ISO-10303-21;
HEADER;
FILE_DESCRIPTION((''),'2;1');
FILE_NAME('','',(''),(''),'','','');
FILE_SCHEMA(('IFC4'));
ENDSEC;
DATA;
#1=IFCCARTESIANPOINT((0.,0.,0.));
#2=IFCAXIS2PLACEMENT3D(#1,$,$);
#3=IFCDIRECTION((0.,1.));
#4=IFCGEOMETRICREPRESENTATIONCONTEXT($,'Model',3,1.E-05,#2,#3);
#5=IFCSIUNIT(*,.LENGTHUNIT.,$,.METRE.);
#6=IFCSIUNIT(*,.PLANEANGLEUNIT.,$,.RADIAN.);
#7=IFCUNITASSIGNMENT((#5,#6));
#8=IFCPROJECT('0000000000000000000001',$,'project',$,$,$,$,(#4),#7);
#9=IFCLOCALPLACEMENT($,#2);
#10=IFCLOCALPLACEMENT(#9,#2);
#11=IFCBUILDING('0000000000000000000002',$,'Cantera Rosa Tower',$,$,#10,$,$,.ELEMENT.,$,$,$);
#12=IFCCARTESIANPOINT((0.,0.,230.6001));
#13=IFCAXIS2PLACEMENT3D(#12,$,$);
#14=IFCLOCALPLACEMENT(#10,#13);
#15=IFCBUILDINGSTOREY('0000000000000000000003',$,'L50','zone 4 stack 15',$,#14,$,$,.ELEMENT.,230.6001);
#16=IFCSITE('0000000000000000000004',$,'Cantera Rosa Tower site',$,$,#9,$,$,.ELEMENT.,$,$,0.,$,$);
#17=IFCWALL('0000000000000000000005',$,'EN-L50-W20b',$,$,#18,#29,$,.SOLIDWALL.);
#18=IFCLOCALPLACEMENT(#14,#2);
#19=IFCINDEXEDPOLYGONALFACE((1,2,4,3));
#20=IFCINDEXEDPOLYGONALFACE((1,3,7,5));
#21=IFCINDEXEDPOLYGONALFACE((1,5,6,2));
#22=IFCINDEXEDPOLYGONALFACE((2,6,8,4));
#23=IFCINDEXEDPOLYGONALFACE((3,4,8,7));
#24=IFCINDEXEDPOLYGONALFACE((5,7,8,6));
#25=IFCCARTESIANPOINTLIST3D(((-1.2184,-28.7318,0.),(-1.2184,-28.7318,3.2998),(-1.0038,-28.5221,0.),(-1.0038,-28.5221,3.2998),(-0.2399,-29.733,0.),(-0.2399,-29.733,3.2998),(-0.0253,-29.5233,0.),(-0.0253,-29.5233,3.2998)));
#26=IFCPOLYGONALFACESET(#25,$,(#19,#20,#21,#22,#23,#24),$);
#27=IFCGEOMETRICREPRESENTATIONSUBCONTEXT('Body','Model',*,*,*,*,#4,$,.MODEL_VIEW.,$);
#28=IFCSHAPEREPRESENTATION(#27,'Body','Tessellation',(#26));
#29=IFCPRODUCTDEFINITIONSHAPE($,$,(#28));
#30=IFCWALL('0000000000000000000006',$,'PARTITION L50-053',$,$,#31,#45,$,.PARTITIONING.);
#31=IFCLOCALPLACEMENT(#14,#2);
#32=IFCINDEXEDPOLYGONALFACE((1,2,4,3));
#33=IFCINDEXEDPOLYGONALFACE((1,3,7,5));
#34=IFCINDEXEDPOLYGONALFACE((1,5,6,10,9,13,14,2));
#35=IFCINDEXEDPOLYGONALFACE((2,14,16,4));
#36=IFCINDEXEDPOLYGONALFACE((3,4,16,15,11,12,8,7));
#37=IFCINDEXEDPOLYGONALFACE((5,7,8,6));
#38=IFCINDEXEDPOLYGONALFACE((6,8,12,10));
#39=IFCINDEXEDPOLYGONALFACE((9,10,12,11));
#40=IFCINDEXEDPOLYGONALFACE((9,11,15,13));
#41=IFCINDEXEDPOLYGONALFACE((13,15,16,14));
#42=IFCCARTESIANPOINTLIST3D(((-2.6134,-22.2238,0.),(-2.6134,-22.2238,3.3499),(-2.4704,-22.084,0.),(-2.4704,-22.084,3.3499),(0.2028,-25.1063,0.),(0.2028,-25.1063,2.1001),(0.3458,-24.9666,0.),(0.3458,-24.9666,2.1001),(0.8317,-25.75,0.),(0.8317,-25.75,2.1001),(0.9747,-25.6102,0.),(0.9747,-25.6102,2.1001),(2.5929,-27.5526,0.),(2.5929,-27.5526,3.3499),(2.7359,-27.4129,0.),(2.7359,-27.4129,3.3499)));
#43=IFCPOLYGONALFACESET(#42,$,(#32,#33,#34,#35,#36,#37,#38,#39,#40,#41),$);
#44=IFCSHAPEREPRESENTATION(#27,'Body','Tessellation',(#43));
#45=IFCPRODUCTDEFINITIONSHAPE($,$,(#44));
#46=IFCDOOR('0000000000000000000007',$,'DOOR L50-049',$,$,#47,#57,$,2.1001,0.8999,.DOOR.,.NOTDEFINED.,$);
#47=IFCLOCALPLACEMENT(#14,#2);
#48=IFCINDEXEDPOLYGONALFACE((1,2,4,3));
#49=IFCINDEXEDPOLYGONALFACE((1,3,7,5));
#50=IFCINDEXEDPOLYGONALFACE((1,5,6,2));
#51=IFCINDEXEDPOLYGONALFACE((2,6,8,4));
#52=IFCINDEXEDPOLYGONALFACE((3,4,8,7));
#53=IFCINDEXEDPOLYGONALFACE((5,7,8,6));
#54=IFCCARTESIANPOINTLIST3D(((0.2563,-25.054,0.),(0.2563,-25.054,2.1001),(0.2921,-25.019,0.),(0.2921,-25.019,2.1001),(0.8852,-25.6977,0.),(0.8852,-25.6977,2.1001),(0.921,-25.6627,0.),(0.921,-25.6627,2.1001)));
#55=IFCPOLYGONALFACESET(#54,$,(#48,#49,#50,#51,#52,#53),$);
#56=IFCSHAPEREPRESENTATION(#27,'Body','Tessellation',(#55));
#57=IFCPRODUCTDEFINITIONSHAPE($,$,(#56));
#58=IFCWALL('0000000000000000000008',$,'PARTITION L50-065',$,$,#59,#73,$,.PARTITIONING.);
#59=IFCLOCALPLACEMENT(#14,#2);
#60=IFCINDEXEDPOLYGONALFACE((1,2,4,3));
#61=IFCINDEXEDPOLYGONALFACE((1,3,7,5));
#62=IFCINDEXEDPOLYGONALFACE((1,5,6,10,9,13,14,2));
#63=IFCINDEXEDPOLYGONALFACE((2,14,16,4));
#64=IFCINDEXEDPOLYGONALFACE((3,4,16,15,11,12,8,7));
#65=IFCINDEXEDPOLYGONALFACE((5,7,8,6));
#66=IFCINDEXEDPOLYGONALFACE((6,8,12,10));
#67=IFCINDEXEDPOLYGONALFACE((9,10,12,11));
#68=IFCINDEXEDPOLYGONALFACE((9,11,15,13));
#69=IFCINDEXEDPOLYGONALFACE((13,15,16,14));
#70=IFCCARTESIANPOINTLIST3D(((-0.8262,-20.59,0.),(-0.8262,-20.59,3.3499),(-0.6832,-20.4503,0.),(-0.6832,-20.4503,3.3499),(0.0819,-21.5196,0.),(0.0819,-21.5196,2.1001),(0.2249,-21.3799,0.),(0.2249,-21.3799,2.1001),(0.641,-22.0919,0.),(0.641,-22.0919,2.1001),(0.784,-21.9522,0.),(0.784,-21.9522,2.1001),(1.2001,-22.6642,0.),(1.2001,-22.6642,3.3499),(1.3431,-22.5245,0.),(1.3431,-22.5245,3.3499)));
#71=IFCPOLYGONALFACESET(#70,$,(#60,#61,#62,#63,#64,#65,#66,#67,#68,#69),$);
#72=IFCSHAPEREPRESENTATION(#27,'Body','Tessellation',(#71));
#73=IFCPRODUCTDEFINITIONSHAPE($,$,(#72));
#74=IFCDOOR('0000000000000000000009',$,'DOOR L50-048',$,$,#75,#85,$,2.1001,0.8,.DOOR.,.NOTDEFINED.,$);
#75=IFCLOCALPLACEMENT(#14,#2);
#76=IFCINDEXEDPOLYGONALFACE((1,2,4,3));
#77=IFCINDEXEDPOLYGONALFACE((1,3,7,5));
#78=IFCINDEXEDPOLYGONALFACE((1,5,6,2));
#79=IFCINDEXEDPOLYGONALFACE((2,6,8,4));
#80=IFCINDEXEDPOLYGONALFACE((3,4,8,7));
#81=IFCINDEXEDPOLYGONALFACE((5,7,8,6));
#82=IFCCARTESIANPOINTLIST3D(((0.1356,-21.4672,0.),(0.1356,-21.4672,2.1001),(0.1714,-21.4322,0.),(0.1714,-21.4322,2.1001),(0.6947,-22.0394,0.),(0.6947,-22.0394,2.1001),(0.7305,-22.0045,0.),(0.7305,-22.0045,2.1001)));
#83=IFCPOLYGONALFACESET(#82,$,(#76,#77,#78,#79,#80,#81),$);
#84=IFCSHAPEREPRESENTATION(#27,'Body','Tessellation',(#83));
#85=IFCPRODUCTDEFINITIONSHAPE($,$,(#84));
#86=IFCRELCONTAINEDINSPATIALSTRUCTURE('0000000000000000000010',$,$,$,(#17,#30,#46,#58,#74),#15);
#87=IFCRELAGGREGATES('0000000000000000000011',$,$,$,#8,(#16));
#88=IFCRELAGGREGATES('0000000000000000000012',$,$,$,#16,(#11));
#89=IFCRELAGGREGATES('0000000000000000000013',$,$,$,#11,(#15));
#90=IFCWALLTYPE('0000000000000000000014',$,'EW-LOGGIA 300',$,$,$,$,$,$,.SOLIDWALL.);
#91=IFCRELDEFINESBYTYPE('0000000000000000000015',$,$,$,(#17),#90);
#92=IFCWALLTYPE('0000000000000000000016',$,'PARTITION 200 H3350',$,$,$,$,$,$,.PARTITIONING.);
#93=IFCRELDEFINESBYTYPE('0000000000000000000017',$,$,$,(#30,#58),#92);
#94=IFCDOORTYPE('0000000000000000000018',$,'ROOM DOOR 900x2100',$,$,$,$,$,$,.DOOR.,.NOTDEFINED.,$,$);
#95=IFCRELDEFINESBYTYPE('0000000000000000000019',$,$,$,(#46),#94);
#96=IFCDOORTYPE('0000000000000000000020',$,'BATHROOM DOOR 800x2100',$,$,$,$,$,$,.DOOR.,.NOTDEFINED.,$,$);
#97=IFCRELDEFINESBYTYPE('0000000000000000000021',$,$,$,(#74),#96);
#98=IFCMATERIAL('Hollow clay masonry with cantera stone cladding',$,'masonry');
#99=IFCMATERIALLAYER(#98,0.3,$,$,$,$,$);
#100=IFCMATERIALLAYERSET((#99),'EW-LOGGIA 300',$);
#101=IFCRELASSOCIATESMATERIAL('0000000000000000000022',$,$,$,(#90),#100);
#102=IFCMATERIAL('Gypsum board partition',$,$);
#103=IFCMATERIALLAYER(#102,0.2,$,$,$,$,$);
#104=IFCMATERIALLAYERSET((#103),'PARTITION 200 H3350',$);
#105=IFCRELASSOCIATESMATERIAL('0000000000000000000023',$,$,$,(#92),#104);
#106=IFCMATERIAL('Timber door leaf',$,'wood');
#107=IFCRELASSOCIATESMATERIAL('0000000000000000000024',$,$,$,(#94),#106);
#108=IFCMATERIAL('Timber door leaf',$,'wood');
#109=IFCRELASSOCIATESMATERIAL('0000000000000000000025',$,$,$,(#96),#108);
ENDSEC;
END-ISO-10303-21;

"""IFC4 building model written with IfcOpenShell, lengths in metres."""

from ifc_helpers import new_model, si_unit, direction, frame, frame_2d, origin, place, context, subcontext, project, spatial, rectangle, extrude, material, layer, layer_set, type_object, element, fill, save


model = new_model("IFC4")

# Units and contexts
model_context = context("Model", 3, precision=1e-05, world=origin(), true_north=direction((0.0, 1.0)))
body_context = subcontext(model_context, "Body", "Model", "MODEL_VIEW")
ifc_project = project(units=[si_unit("LENGTHUNIT", "METRE"), si_unit("PLANEANGLEUNIT", "RADIAN")], contexts=[model_context])

# Site, building, storey
site_placement = place(None, origin())
site = spatial("IfcSite", under=ifc_project, at=site_placement, Name="Cantera Rosa Tower site", CompositionType="ELEMENT", RefElevation=0.0)
building_placement = place(site_placement, origin())
building = spatial("IfcBuilding", under=site, at=building_placement, Name="Cantera Rosa Tower", CompositionType="ELEMENT")
storey_placement = place(building_placement, frame((0.0, 0.0, 230.6001)))
storey = spatial("IfcBuildingStorey", under=building, at=storey_placement, Name="L50", Description="zone 4 stack 15", CompositionType="ELEMENT", Elevation=230.6001)

# Wall
ifc_material_1 = material(Name="Hollow clay masonry with cantera stone cladding", Category="masonry")
ifc_layer_1 = layer(ifc_material_1, 0.3)
ifc_layer_set_1 = layer_set([ifc_layer_1], Name="EW-LOGGIA 300")
wall_type_1 = type_object("IfcWallType", Name="EW-LOGGIA 300", PredefinedType="SOLIDWALL", material=ifc_layer_set_1)
wall_1_placement = place(storey_placement, frame((-1.1111, -28.627, 0.0), z_axis=(0.0, 0.0, 1.0), x_axis=(0.698951, -0.715169, 0.0)))
element("IfcWall", 1, at=wall_1_placement, inside=storey, type_object=wall_type_1, Name="EN-L50-W20b", PredefinedType="SOLIDWALL", context=body_context, shape_type="SweptSolid", body=[
    extrude(rectangle(XDim=1.3999, YDim=0.3, at=frame_2d((0.7, 0.0))), origin(), (0.0, 0.0, 1.0), 3.2998),
])

# Walls, openings, doors
ifc_material_2 = material(Name="Gypsum board partition")
ifc_layer_2 = layer(ifc_material_2, 0.2)
ifc_layer_set_2 = layer_set([ifc_layer_2], Name="PARTITION 200 H3350")
wall_type_2 = type_object("IfcWallType", Name="PARTITION 200 H3350", PredefinedType="PARTITIONING", material=ifc_layer_set_2)
wall_2_placement = place(storey_placement, frame((-2.542, -22.1538, 0.0), z_axis=(0.0, 0.0, 1.0), x_axis=(0.698834, -0.715284, 0.0)))
wall_2 = element("IfcWall", 2, at=wall_2_placement, inside=storey, type_object=wall_type_2, Name="PARTITION L50-053", PredefinedType="PARTITIONING", context=body_context, shape_type="SweptSolid", body=[
    extrude(rectangle(XDim=7.45, YDim=0.2, at=frame_2d((3.7251, 0.0))), origin(), (0.0, 0.0, 1.0), 3.3499),
])
opening_1_placement = place(wall_2_placement, frame((4.03, 0.0, 0.0)))
opening_1 = element("IfcOpeningElement", 3, at=opening_1_placement, cuts=wall_2, PredefinedType="OPENING", context=body_context, shape_type="SweptSolid", body=[
    extrude(rectangle(XDim=0.8999, YDim=2.1001, at=frame_2d((0.45, 1.05))), frame((0.0, 0.1099, 0.0), z_axis=(0.0, -1.0, 0.0), x_axis=(1.0, 0.0, 0.0)), (0.0, 0.0, 1.0), 0.22),
])
ifc_material_3 = material(Name="Timber door leaf", Category="wood")
door_type_1 = type_object("IfcDoorType", Name="ROOM DOOR 900x2100", OperationType="NOTDEFINED", PredefinedType="DOOR", material=ifc_material_3)
door_1_placement = place(opening_1_placement, origin())
door_1 = element("IfcDoor", 4, at=door_1_placement, inside=storey, type_object=door_type_1, Name="DOOR L50-049", OperationType="NOTDEFINED", OverallHeight=2.1001, OverallWidth=0.8999, PredefinedType="DOOR", context=body_context, shape_type="SweptSolid", body=[
    extrude(rectangle(XDim=0.8999, YDim=2.1001, at=frame_2d((0.45, 1.05))), frame((0.0, 0.0249, 0.0), z_axis=(0.0, -1.0, 0.0), x_axis=(1.0, 0.0, 0.0)), (0.0, 0.0, 1.0), 0.05),
])
fill(opening_1, door_1)
wall_3_placement = place(storey_placement, frame((1.2715, -22.5942, 0.0), z_axis=(0.0, 0.0, 1.0), x_axis=(-0.698808, 0.71531, 0.0)))
wall_3 = element("IfcWall", 5, at=wall_3_placement, inside=storey, type_object=wall_type_2, Name="PARTITION L50-065", PredefinedType="PARTITIONING", context=body_context, shape_type="SweptSolid", body=[
    extrude(rectangle(XDim=2.8997, YDim=0.2, at=frame_2d((1.4497, 0.0))), origin(), (0.0, 0.0, 1.0), 3.3499),
])
opening_2_placement = place(wall_3_placement, frame((0.8, 0.0, 0.0)))
opening_2 = element("IfcOpeningElement", 6, at=opening_2_placement, cuts=wall_3, PredefinedType="OPENING", context=body_context, shape_type="SweptSolid", body=[
    extrude(rectangle(XDim=0.8, YDim=2.1001, at=frame_2d((0.3999, 1.05))), frame((0.0, 0.1099, 0.0), z_axis=(0.0, -1.0, 0.0), x_axis=(1.0, 0.0, 0.0)), (0.0, 0.0, 1.0), 0.22),
])
ifc_material_4 = material(Name="Timber door leaf", Category="wood")
door_type_2 = type_object("IfcDoorType", Name="BATHROOM DOOR 800x2100", OperationType="NOTDEFINED", PredefinedType="DOOR", material=ifc_material_4)
door_2_placement = place(opening_2_placement, origin())
door_2 = element("IfcDoor", 7, at=door_2_placement, inside=storey, type_object=door_type_2, Name="DOOR L50-048", OperationType="NOTDEFINED", OverallHeight=2.1001, OverallWidth=0.8, PredefinedType="DOOR", context=body_context, shape_type="SweptSolid", body=[
    extrude(rectangle(XDim=0.8, YDim=2.1001, at=frame_2d((0.3999, 1.05))), frame((0.0, 0.0249, 0.0), z_axis=(0.0, -1.0, 0.0), x_axis=(1.0, 0.0, 0.0)), (0.0, 0.0, 1.0), 0.05),
])
fill(opening_2, door_2)

save(model, "model.ifc")
